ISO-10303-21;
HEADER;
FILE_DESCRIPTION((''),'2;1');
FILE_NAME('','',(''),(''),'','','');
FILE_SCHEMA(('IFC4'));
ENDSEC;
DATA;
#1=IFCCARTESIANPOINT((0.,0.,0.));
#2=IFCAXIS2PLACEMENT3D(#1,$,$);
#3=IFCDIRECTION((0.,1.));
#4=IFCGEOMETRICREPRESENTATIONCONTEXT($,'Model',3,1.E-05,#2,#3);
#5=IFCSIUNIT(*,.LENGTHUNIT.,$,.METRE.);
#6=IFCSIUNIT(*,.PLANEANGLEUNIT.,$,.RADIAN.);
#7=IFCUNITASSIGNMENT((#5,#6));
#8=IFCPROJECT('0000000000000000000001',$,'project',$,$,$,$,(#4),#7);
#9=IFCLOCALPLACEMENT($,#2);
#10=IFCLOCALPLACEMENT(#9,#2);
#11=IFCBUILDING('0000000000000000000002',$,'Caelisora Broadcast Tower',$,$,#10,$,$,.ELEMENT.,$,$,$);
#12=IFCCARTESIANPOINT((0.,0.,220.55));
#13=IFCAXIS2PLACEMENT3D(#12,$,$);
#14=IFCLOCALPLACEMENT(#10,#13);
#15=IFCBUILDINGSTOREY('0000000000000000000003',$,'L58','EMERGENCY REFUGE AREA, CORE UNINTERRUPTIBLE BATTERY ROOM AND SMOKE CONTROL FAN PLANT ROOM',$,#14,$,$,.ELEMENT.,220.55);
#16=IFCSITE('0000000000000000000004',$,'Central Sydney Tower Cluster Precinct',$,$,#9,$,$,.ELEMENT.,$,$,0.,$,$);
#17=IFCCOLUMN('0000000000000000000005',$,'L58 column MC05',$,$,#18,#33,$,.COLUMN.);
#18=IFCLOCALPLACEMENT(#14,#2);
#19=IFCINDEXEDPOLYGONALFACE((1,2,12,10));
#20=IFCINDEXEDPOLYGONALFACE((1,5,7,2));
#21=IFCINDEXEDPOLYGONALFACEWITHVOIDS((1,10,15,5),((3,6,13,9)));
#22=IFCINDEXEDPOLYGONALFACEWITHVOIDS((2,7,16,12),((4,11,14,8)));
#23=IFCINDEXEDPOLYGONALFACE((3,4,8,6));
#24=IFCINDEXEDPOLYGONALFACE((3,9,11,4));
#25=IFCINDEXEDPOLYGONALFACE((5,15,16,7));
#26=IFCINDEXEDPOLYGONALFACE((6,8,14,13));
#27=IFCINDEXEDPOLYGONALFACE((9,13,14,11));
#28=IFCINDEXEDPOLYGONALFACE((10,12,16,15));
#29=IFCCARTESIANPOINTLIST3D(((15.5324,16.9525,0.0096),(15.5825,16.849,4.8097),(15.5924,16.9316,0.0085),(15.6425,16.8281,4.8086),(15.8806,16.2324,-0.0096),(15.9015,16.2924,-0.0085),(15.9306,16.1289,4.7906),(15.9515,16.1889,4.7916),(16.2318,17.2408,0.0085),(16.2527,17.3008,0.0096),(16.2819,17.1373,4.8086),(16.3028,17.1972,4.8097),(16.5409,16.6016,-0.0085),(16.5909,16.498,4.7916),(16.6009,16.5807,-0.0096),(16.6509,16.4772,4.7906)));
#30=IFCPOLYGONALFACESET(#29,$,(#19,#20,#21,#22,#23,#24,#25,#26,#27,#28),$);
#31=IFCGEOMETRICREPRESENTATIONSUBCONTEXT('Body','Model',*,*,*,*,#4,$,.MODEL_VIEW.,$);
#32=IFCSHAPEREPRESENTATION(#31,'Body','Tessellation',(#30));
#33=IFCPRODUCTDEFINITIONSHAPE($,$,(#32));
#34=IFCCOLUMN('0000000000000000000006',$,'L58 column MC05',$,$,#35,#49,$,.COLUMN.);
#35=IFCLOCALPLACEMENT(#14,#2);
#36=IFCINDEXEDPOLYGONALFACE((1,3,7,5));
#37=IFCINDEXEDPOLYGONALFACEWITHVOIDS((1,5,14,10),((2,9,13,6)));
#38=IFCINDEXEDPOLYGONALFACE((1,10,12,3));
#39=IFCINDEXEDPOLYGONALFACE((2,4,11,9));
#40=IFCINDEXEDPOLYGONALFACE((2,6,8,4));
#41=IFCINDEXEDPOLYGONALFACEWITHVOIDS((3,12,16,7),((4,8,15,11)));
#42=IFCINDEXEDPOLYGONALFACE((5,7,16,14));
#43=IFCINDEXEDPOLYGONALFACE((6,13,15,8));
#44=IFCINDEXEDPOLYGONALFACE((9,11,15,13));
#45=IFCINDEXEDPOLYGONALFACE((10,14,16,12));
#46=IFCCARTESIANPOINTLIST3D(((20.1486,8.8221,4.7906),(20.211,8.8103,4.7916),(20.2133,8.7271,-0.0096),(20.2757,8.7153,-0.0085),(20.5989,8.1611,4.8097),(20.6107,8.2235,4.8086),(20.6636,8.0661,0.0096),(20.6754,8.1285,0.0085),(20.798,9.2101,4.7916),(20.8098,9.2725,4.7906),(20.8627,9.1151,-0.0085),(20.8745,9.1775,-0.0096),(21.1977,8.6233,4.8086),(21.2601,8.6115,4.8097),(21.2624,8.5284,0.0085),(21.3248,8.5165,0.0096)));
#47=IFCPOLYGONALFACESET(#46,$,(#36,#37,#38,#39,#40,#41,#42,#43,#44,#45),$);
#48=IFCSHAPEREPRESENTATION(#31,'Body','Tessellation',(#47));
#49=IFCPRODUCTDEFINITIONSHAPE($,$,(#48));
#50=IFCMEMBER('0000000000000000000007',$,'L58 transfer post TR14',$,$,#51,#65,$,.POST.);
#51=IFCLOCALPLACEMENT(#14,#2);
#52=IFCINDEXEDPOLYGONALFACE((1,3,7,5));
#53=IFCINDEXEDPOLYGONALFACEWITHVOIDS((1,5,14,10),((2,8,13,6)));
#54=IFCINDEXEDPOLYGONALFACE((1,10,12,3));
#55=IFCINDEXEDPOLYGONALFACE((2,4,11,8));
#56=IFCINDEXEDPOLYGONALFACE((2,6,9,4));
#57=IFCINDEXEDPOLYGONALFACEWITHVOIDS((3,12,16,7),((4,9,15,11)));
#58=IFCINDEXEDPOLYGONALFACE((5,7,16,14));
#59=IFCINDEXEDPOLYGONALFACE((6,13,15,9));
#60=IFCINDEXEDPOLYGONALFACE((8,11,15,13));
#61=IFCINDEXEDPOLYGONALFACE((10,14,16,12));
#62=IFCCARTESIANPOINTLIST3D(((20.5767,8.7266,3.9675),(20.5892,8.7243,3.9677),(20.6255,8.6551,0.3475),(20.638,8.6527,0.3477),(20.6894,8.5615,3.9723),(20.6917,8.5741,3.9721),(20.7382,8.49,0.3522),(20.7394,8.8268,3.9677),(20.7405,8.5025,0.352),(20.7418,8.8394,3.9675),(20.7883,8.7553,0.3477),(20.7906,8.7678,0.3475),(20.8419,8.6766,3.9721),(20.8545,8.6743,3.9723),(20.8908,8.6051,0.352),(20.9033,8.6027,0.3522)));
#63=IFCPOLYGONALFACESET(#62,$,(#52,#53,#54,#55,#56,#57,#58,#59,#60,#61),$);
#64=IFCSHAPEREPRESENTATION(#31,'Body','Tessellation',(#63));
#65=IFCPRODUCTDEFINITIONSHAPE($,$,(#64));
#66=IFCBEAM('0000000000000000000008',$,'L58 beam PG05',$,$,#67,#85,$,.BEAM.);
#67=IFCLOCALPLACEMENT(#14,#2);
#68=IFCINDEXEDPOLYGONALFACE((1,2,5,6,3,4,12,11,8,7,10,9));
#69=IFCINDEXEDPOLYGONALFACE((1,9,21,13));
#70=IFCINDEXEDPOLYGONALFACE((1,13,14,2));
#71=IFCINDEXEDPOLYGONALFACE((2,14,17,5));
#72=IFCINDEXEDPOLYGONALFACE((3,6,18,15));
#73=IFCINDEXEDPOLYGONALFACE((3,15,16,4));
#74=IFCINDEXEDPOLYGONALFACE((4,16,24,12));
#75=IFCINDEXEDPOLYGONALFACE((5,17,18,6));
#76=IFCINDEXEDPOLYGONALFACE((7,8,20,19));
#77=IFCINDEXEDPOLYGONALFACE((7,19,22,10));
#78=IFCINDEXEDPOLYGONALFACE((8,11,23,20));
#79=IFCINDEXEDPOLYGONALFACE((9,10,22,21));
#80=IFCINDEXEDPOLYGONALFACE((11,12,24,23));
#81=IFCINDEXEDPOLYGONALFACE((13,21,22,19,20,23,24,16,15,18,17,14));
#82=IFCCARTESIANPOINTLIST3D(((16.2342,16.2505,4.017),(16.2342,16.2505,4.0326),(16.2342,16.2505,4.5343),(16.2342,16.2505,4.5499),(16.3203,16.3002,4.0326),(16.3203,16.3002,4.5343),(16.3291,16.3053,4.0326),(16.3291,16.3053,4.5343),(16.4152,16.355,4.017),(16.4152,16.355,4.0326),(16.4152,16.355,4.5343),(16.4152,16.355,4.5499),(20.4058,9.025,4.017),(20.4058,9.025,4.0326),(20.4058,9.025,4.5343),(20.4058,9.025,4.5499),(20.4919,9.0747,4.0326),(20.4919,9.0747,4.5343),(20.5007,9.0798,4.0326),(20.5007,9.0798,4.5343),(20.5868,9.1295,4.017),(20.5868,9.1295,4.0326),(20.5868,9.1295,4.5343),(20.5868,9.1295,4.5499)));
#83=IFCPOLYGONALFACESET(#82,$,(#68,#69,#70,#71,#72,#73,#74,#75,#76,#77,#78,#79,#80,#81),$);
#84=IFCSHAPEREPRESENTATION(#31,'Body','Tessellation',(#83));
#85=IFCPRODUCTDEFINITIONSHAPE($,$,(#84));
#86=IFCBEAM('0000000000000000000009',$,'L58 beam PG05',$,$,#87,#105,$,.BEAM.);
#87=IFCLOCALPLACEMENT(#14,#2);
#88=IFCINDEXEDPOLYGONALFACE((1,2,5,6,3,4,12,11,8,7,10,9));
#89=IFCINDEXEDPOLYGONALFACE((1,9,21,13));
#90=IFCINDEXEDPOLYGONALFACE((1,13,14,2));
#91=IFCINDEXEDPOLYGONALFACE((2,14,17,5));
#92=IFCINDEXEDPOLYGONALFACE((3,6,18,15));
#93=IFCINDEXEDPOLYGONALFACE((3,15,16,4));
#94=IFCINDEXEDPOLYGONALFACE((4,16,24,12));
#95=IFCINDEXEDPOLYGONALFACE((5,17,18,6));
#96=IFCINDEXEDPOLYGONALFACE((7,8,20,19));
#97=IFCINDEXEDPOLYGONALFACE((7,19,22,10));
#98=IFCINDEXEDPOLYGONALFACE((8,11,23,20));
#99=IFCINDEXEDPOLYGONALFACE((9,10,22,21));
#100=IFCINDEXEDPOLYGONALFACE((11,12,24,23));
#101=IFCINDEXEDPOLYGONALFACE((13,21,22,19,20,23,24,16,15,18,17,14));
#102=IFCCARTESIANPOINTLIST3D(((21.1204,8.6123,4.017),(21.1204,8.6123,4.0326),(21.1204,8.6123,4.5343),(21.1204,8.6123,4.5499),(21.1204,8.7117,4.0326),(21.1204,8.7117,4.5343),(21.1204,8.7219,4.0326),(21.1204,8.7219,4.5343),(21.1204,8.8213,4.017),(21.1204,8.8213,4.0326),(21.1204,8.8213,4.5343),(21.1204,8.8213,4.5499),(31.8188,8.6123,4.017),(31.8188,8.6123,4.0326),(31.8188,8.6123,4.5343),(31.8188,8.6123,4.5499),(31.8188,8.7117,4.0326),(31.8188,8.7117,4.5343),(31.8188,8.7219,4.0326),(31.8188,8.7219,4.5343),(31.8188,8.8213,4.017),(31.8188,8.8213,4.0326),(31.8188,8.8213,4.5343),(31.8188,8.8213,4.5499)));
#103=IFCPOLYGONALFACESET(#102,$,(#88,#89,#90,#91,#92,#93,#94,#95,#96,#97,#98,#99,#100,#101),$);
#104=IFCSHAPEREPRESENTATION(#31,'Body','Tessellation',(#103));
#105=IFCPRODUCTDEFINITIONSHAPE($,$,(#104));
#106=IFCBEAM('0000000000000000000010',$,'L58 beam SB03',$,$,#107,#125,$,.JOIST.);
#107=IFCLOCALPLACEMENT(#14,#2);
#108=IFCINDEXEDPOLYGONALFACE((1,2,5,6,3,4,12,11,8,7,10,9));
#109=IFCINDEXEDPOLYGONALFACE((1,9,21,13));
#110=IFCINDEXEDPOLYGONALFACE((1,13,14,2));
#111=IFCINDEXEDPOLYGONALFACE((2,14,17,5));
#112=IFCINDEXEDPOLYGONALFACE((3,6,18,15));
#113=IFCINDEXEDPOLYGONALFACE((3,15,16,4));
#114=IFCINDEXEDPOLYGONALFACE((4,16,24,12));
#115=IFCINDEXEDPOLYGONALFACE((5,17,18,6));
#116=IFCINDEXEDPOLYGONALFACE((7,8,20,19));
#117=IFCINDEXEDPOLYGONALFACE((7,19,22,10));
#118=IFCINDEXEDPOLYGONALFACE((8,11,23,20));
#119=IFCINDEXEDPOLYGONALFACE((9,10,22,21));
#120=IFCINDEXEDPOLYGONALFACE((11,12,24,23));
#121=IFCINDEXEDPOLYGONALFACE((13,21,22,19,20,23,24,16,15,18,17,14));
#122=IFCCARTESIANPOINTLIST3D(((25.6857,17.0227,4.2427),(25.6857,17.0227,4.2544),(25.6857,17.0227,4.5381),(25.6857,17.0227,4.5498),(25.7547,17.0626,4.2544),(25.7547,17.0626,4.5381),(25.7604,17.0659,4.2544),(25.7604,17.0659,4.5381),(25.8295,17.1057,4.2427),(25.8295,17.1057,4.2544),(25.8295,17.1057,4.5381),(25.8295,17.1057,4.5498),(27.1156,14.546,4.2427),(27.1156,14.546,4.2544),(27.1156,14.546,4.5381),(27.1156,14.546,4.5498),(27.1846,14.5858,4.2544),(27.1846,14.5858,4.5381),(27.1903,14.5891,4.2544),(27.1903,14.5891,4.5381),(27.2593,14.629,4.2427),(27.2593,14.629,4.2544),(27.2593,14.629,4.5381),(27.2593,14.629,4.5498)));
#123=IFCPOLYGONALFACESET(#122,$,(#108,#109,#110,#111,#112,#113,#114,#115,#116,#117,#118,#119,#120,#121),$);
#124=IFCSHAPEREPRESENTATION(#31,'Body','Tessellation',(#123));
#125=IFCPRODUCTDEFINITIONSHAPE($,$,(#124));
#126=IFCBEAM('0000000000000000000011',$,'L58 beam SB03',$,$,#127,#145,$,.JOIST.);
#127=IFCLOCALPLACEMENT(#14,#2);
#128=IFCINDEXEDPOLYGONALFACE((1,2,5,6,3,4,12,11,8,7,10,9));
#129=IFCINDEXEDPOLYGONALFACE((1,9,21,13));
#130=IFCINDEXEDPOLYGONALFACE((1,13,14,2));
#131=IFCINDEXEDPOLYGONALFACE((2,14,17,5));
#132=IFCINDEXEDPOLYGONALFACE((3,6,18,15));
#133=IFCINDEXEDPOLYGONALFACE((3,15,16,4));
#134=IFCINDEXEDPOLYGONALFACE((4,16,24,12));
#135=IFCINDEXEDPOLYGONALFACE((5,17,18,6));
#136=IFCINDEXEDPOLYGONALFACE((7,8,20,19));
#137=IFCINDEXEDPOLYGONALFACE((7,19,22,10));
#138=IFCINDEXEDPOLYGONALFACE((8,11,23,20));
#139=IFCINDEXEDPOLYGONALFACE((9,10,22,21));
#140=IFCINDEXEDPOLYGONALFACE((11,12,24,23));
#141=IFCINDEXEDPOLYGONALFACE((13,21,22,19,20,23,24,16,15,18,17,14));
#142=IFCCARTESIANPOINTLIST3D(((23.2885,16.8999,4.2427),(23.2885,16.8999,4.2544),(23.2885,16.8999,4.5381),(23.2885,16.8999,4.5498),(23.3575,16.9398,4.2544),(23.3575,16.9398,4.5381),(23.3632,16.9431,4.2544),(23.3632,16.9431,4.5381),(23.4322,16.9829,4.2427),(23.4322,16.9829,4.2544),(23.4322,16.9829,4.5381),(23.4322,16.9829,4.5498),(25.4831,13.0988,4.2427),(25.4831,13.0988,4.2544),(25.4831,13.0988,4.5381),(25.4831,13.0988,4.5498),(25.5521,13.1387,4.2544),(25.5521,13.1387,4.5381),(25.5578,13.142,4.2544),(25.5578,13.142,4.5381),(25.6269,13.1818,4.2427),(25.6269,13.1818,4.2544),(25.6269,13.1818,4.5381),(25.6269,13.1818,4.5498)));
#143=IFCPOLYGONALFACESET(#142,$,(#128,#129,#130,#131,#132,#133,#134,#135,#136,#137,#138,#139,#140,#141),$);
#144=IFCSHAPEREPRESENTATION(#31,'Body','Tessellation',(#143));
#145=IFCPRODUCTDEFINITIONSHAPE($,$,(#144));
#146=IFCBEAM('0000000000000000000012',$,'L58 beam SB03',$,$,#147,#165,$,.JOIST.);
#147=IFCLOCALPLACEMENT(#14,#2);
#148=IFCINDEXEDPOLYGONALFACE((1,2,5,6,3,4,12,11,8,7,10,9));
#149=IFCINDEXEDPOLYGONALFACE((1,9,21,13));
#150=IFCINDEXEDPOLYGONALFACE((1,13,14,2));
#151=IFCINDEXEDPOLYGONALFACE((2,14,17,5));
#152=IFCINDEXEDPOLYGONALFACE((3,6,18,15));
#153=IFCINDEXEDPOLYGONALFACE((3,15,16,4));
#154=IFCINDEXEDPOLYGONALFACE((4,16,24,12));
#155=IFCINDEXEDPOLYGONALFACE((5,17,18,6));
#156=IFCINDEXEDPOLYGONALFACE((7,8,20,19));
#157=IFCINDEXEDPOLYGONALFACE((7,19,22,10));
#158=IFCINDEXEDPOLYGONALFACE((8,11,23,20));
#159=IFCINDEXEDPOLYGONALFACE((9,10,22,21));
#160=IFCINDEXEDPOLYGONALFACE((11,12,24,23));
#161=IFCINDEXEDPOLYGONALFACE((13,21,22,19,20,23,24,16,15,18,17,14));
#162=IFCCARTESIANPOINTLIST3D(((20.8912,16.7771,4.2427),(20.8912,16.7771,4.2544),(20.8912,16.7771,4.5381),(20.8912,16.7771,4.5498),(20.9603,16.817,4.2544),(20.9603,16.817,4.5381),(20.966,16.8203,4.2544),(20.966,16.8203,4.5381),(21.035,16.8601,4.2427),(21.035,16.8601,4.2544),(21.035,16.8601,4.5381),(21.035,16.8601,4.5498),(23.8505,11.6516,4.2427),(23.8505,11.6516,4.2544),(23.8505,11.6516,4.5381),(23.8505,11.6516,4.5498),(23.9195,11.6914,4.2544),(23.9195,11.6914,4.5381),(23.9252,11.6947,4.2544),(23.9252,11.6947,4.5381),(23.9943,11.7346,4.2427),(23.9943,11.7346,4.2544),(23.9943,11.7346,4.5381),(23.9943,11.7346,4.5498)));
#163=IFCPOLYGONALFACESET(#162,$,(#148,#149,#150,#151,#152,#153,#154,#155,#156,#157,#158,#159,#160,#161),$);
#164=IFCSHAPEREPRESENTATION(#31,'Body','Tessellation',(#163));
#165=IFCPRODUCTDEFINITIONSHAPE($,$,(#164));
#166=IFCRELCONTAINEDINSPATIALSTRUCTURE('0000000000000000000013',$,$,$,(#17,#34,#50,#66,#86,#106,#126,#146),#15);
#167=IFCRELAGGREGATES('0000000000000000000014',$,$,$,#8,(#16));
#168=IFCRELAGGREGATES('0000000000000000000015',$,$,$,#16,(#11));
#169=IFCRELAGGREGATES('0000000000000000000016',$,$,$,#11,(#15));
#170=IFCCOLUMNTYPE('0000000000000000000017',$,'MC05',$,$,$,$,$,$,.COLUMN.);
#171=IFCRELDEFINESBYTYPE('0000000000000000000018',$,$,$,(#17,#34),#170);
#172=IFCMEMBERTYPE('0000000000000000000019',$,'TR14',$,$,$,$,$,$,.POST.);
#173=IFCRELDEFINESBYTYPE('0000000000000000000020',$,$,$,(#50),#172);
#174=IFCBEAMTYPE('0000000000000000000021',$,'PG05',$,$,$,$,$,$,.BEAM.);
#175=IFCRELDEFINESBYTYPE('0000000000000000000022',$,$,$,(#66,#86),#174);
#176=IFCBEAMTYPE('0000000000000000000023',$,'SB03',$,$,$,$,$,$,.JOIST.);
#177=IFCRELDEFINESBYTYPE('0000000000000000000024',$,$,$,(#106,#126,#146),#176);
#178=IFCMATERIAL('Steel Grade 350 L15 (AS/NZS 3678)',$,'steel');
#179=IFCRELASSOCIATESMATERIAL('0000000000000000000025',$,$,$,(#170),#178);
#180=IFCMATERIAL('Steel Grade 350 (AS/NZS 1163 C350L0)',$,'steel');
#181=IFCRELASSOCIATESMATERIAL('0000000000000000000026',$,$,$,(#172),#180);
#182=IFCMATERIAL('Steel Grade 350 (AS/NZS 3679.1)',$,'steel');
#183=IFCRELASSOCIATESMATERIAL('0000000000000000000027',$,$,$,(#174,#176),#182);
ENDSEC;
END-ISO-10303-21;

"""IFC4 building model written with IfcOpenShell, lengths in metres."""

from ifc_helpers import new_model, si_unit, direction, frame, origin, origin_2d, place, context, subcontext, project, spatial, hollow_rectangle, i_section, extrude, source, transform, mapped, material, material_profile, profile_set, type_object, type_shapes, element, save


model = new_model("IFC4")

# Units and contexts
model_context = context("Model", 3, precision=1e-05, world=origin(), true_north=direction((0.0, 1.0)))
body_context = subcontext(model_context, "Body", "Model", "MODEL_VIEW")
ifc_project = project(units=[si_unit("LENGTHUNIT", "METRE"), si_unit("PLANEANGLEUNIT", "RADIAN")], contexts=[model_context])

# Site, building, storey
site_placement = place(None, origin())
site = spatial("IfcSite", under=ifc_project, at=site_placement, Name="Central Sydney Tower Cluster Precinct", CompositionType="ELEMENT", RefElevation=0.0)
building_placement = place(site_placement, origin())
building = spatial("IfcBuilding", under=site, at=building_placement, Name="Caelisora Broadcast Tower", CompositionType="ELEMENT")
storey_placement = place(building_placement, frame((0.0, 0.0, 220.55)))
storey = spatial("IfcBuildingStorey", under=building, at=storey_placement, Name="L58", Description="EMERGENCY REFUGE AREA, CORE UNINTERRUPTIBLE BATTERY ROOM AND SMOKE CONTROL FAN PLANT ROOM", CompositionType="ELEMENT", Elevation=220.55)

# Columns
ifc_material_1 = material(Name="Steel Grade 350 L15 (AS/NZS 3678)", Category="steel")
ifc_material_profile_1 = material_profile(ifc_material_1, hollow_rectangle(XDim=0.8, YDim=0.8, WallThickness=0.0449, at=origin_2d()), Name="Steel Grade 350 L15 (AS/NZS 3678)")
ifc_profile_set_1 = profile_set([ifc_material_profile_1], Name="Steel Grade 350 L15 (AS/NZS 3678)")
column_type = type_object("IfcColumnType", Name="MC05", PredefinedType="COLUMN", material=ifc_profile_set_1)
shared_shape_1 = source(origin(), body_context, "Body", "SweptSolid", [
    extrude(hollow_rectangle(XDim=0.8, YDim=0.8, WallThickness=0.0449, at=origin_2d()), origin(), (0.0, 0.0, 1.0), 4.8015),
])
type_shapes(column_type, [shared_shape_1])
for number, where, z_axis, x_axis, name in (
    (1, (16.0667, 16.7666, 0.0), (0.010424, -0.021559, 0.999713), (0.900293, 0.435283, 0.0), "L58 column MC05"),
    (2, (20.769, 8.6218, 0.0), (-0.013475, 0.01978, 0.999714), (-0.826452, -0.563007, 0.0), "L58 column MC05"),
):
    element("IfcColumn", number, at=place(storey_placement, frame(where, z_axis=z_axis, x_axis=x_axis)), inside=storey, type_object=column_type, Name=name, PredefinedType="COLUMN", context=body_context, shape_type="MappedRepresentation", body=[
        mapped(shared_shape_1, transform((0.0, 0.0, 0.0), scale=1.0)),
    ])

# Member
ifc_material_2 = material(Name="Steel Grade 350 (AS/NZS 1163 C350L0)", Category="steel")
ifc_material_profile_2 = material_profile(ifc_material_2, hollow_rectangle(XDim=0.2, YDim=0.2, WallThickness=0.009, at=origin_2d()), Name="Steel Grade 350 (AS/NZS 1163 C350L0)")
ifc_profile_set_2 = profile_set([ifc_material_profile_2], Name="Steel Grade 350 (AS/NZS 1163 C350L0)")
member_type_1 = type_object("IfcMemberType", Name="TR14", PredefinedType="POST", material=ifc_profile_set_2)
shared_shape_2 = source(origin(), body_context, "Body", "SweptSolid", [
    extrude(hollow_rectangle(XDim=0.2, YDim=0.2, WallThickness=0.009, at=origin_2d()), origin(), (0.0, 0.0, 1.0), 3.6211),
])
type_shapes(member_type_1, [shared_shape_2])
member_1_placement = place(storey_placement, frame((20.7644, 8.6289, 0.3499), z_axis=(-0.013484, 0.019754, 0.999714), x_axis=(-0.825929, -0.563774, 0.0)))
element("IfcMember", 3, at=member_1_placement, inside=storey, type_object=member_type_1, Name="L58 transfer post TR14", PredefinedType="POST", context=body_context, shape_type="MappedRepresentation", body=[
    mapped(shared_shape_2, transform((0.0, 0.0, 0.0), scale=1.0)),
])

# Beams
ifc_material_3 = material(Name="Steel Grade 350 (AS/NZS 3679.1)", Category="steel")
ifc_material_profile_3 = material_profile(ifc_material_3, i_section(OverallWidth=0.209, OverallDepth=0.533, WebThickness=0.0103, FlangeThickness=0.0156, at=origin_2d()), Name="Steel Grade 350 (AS/NZS 3679.1)")
ifc_profile_set_3 = profile_set([ifc_material_profile_3], Name="Steel Grade 350 (AS/NZS 3679.1)")
beam_type_1 = type_object("IfcBeamType", Name="PG05", PredefinedType="BEAM", material=ifc_profile_set_3)
shared_shape_3 = source(origin(), body_context, "Body", "SweptSolid", [
    extrude(i_section(OverallWidth=0.209, OverallDepth=0.533, WebThickness=0.0103, FlangeThickness=0.0156, at=origin_2d()), origin(), (0.0, 0.0, 1.0), 8.3433),
])
beam_1_placement = place(storey_placement, frame((16.3247, 16.3027, 4.2834), z_axis=(0.499994, -0.866029, 0.0), x_axis=(0.866029, 0.499994, 0.0)))
element("IfcBeam", 4, at=beam_1_placement, inside=storey, type_object=beam_type_1, Name="L58 beam PG05", PredefinedType="BEAM", context=body_context, shape_type="MappedRepresentation", body=[
    mapped(shared_shape_3, transform((0.0, 0.0, 0.0), scale=1.0)),
])
shared_shape_4 = source(origin(), body_context, "Body", "SweptSolid", [
    extrude(i_section(OverallWidth=0.209, OverallDepth=0.533, WebThickness=0.0103, FlangeThickness=0.0156, at=origin_2d()), origin(), (0.0, 0.0, 1.0), 10.6985),
])
type_shapes(beam_type_1, [shared_shape_3, shared_shape_4])
beam_2_placement = place(storey_placement, frame((21.1204, 8.7168, 4.2834), z_axis=(1.0, 0.0, 0.0), x_axis=(0.0, 1.0, 0.0)))
element("IfcBeam", 5, at=beam_2_placement, inside=storey, type_object=beam_type_1, Name="L58 beam PG05", PredefinedType="BEAM", context=body_context, shape_type="MappedRepresentation", body=[
    mapped(shared_shape_4, transform((0.0, 0.0, 0.0), scale=1.0)),
])
ifc_material_profile_4 = material_profile(ifc_material_3, i_section(OverallWidth=0.166, OverallDepth=0.3071, WebThickness=0.0066, FlangeThickness=0.0117, at=origin_2d()), Name="Steel Grade 350 (AS/NZS 3679.1)")
ifc_profile_set_4 = profile_set([ifc_material_profile_4], Name="Steel Grade 350 (AS/NZS 3679.1)")
beam_type_2 = type_object("IfcBeamType", Name="SB03", PredefinedType="JOIST", material=ifc_profile_set_4)
shared_shape_5 = source(origin(), body_context, "Body", "SweptSolid", [
    extrude(i_section(OverallWidth=0.166, OverallDepth=0.3071, WebThickness=0.0066, FlangeThickness=0.0117, at=origin_2d()), origin(), (0.0, 0.0, 1.0), 2.8599),
])
beam_3_placement = place(storey_placement, frame((25.7576, 17.0642, 4.3962), z_axis=(0.499986, -0.866033, 0.0), x_axis=(0.866033, 0.499986, 0.0)))
element("IfcBeam", 6, at=beam_3_placement, inside=storey, type_object=beam_type_2, Name="L58 beam SB03", PredefinedType="JOIST", context=body_context, shape_type="MappedRepresentation", body=[
    mapped(shared_shape_5, transform((0.0, 0.0, 0.0), scale=1.0)),
])
shared_shape_6 = source(origin(), body_context, "Body", "SweptSolid", [
    extrude(i_section(OverallWidth=0.166, OverallDepth=0.3071, WebThickness=0.0066, FlangeThickness=0.0117, at=origin_2d()), origin(), (0.0, 0.0, 1.0), 4.3892),
])
beam_4_placement = place(storey_placement, frame((23.3604, 16.9414, 4.3962), z_axis=(0.50001, -0.86602, 0.0), x_axis=(0.86602, 0.50001, 0.0)))
element("IfcBeam", 7, at=beam_4_placement, inside=storey, type_object=beam_type_2, Name="L58 beam SB03", PredefinedType="JOIST", context=body_context, shape_type="MappedRepresentation", body=[
    mapped(shared_shape_6, transform((0.0, 0.0, 0.0), scale=1.0)),
])
shared_shape_7 = source(origin(), body_context, "Body", "SweptSolid", [
    extrude(i_section(OverallWidth=0.166, OverallDepth=0.3071, WebThickness=0.0066, FlangeThickness=0.0117, at=origin_2d()), origin(), (0.0, 0.0, 1.0), 5.9185),
])
beam_5_placement = place(storey_placement, frame((20.9631, 16.8186, 4.3962), z_axis=(0.500003, -0.866023, 0.0), x_axis=(0.866023, 0.500003, 0.0)))
element("IfcBeam", 8, at=beam_5_placement, inside=storey, type_object=beam_type_2, Name="L58 beam SB03", PredefinedType="JOIST", context=body_context, shape_type="MappedRepresentation", body=[
    mapped(shared_shape_7, transform((0.0, 0.0, 0.0), scale=1.0)),
])

save(model, "model.ifc")
